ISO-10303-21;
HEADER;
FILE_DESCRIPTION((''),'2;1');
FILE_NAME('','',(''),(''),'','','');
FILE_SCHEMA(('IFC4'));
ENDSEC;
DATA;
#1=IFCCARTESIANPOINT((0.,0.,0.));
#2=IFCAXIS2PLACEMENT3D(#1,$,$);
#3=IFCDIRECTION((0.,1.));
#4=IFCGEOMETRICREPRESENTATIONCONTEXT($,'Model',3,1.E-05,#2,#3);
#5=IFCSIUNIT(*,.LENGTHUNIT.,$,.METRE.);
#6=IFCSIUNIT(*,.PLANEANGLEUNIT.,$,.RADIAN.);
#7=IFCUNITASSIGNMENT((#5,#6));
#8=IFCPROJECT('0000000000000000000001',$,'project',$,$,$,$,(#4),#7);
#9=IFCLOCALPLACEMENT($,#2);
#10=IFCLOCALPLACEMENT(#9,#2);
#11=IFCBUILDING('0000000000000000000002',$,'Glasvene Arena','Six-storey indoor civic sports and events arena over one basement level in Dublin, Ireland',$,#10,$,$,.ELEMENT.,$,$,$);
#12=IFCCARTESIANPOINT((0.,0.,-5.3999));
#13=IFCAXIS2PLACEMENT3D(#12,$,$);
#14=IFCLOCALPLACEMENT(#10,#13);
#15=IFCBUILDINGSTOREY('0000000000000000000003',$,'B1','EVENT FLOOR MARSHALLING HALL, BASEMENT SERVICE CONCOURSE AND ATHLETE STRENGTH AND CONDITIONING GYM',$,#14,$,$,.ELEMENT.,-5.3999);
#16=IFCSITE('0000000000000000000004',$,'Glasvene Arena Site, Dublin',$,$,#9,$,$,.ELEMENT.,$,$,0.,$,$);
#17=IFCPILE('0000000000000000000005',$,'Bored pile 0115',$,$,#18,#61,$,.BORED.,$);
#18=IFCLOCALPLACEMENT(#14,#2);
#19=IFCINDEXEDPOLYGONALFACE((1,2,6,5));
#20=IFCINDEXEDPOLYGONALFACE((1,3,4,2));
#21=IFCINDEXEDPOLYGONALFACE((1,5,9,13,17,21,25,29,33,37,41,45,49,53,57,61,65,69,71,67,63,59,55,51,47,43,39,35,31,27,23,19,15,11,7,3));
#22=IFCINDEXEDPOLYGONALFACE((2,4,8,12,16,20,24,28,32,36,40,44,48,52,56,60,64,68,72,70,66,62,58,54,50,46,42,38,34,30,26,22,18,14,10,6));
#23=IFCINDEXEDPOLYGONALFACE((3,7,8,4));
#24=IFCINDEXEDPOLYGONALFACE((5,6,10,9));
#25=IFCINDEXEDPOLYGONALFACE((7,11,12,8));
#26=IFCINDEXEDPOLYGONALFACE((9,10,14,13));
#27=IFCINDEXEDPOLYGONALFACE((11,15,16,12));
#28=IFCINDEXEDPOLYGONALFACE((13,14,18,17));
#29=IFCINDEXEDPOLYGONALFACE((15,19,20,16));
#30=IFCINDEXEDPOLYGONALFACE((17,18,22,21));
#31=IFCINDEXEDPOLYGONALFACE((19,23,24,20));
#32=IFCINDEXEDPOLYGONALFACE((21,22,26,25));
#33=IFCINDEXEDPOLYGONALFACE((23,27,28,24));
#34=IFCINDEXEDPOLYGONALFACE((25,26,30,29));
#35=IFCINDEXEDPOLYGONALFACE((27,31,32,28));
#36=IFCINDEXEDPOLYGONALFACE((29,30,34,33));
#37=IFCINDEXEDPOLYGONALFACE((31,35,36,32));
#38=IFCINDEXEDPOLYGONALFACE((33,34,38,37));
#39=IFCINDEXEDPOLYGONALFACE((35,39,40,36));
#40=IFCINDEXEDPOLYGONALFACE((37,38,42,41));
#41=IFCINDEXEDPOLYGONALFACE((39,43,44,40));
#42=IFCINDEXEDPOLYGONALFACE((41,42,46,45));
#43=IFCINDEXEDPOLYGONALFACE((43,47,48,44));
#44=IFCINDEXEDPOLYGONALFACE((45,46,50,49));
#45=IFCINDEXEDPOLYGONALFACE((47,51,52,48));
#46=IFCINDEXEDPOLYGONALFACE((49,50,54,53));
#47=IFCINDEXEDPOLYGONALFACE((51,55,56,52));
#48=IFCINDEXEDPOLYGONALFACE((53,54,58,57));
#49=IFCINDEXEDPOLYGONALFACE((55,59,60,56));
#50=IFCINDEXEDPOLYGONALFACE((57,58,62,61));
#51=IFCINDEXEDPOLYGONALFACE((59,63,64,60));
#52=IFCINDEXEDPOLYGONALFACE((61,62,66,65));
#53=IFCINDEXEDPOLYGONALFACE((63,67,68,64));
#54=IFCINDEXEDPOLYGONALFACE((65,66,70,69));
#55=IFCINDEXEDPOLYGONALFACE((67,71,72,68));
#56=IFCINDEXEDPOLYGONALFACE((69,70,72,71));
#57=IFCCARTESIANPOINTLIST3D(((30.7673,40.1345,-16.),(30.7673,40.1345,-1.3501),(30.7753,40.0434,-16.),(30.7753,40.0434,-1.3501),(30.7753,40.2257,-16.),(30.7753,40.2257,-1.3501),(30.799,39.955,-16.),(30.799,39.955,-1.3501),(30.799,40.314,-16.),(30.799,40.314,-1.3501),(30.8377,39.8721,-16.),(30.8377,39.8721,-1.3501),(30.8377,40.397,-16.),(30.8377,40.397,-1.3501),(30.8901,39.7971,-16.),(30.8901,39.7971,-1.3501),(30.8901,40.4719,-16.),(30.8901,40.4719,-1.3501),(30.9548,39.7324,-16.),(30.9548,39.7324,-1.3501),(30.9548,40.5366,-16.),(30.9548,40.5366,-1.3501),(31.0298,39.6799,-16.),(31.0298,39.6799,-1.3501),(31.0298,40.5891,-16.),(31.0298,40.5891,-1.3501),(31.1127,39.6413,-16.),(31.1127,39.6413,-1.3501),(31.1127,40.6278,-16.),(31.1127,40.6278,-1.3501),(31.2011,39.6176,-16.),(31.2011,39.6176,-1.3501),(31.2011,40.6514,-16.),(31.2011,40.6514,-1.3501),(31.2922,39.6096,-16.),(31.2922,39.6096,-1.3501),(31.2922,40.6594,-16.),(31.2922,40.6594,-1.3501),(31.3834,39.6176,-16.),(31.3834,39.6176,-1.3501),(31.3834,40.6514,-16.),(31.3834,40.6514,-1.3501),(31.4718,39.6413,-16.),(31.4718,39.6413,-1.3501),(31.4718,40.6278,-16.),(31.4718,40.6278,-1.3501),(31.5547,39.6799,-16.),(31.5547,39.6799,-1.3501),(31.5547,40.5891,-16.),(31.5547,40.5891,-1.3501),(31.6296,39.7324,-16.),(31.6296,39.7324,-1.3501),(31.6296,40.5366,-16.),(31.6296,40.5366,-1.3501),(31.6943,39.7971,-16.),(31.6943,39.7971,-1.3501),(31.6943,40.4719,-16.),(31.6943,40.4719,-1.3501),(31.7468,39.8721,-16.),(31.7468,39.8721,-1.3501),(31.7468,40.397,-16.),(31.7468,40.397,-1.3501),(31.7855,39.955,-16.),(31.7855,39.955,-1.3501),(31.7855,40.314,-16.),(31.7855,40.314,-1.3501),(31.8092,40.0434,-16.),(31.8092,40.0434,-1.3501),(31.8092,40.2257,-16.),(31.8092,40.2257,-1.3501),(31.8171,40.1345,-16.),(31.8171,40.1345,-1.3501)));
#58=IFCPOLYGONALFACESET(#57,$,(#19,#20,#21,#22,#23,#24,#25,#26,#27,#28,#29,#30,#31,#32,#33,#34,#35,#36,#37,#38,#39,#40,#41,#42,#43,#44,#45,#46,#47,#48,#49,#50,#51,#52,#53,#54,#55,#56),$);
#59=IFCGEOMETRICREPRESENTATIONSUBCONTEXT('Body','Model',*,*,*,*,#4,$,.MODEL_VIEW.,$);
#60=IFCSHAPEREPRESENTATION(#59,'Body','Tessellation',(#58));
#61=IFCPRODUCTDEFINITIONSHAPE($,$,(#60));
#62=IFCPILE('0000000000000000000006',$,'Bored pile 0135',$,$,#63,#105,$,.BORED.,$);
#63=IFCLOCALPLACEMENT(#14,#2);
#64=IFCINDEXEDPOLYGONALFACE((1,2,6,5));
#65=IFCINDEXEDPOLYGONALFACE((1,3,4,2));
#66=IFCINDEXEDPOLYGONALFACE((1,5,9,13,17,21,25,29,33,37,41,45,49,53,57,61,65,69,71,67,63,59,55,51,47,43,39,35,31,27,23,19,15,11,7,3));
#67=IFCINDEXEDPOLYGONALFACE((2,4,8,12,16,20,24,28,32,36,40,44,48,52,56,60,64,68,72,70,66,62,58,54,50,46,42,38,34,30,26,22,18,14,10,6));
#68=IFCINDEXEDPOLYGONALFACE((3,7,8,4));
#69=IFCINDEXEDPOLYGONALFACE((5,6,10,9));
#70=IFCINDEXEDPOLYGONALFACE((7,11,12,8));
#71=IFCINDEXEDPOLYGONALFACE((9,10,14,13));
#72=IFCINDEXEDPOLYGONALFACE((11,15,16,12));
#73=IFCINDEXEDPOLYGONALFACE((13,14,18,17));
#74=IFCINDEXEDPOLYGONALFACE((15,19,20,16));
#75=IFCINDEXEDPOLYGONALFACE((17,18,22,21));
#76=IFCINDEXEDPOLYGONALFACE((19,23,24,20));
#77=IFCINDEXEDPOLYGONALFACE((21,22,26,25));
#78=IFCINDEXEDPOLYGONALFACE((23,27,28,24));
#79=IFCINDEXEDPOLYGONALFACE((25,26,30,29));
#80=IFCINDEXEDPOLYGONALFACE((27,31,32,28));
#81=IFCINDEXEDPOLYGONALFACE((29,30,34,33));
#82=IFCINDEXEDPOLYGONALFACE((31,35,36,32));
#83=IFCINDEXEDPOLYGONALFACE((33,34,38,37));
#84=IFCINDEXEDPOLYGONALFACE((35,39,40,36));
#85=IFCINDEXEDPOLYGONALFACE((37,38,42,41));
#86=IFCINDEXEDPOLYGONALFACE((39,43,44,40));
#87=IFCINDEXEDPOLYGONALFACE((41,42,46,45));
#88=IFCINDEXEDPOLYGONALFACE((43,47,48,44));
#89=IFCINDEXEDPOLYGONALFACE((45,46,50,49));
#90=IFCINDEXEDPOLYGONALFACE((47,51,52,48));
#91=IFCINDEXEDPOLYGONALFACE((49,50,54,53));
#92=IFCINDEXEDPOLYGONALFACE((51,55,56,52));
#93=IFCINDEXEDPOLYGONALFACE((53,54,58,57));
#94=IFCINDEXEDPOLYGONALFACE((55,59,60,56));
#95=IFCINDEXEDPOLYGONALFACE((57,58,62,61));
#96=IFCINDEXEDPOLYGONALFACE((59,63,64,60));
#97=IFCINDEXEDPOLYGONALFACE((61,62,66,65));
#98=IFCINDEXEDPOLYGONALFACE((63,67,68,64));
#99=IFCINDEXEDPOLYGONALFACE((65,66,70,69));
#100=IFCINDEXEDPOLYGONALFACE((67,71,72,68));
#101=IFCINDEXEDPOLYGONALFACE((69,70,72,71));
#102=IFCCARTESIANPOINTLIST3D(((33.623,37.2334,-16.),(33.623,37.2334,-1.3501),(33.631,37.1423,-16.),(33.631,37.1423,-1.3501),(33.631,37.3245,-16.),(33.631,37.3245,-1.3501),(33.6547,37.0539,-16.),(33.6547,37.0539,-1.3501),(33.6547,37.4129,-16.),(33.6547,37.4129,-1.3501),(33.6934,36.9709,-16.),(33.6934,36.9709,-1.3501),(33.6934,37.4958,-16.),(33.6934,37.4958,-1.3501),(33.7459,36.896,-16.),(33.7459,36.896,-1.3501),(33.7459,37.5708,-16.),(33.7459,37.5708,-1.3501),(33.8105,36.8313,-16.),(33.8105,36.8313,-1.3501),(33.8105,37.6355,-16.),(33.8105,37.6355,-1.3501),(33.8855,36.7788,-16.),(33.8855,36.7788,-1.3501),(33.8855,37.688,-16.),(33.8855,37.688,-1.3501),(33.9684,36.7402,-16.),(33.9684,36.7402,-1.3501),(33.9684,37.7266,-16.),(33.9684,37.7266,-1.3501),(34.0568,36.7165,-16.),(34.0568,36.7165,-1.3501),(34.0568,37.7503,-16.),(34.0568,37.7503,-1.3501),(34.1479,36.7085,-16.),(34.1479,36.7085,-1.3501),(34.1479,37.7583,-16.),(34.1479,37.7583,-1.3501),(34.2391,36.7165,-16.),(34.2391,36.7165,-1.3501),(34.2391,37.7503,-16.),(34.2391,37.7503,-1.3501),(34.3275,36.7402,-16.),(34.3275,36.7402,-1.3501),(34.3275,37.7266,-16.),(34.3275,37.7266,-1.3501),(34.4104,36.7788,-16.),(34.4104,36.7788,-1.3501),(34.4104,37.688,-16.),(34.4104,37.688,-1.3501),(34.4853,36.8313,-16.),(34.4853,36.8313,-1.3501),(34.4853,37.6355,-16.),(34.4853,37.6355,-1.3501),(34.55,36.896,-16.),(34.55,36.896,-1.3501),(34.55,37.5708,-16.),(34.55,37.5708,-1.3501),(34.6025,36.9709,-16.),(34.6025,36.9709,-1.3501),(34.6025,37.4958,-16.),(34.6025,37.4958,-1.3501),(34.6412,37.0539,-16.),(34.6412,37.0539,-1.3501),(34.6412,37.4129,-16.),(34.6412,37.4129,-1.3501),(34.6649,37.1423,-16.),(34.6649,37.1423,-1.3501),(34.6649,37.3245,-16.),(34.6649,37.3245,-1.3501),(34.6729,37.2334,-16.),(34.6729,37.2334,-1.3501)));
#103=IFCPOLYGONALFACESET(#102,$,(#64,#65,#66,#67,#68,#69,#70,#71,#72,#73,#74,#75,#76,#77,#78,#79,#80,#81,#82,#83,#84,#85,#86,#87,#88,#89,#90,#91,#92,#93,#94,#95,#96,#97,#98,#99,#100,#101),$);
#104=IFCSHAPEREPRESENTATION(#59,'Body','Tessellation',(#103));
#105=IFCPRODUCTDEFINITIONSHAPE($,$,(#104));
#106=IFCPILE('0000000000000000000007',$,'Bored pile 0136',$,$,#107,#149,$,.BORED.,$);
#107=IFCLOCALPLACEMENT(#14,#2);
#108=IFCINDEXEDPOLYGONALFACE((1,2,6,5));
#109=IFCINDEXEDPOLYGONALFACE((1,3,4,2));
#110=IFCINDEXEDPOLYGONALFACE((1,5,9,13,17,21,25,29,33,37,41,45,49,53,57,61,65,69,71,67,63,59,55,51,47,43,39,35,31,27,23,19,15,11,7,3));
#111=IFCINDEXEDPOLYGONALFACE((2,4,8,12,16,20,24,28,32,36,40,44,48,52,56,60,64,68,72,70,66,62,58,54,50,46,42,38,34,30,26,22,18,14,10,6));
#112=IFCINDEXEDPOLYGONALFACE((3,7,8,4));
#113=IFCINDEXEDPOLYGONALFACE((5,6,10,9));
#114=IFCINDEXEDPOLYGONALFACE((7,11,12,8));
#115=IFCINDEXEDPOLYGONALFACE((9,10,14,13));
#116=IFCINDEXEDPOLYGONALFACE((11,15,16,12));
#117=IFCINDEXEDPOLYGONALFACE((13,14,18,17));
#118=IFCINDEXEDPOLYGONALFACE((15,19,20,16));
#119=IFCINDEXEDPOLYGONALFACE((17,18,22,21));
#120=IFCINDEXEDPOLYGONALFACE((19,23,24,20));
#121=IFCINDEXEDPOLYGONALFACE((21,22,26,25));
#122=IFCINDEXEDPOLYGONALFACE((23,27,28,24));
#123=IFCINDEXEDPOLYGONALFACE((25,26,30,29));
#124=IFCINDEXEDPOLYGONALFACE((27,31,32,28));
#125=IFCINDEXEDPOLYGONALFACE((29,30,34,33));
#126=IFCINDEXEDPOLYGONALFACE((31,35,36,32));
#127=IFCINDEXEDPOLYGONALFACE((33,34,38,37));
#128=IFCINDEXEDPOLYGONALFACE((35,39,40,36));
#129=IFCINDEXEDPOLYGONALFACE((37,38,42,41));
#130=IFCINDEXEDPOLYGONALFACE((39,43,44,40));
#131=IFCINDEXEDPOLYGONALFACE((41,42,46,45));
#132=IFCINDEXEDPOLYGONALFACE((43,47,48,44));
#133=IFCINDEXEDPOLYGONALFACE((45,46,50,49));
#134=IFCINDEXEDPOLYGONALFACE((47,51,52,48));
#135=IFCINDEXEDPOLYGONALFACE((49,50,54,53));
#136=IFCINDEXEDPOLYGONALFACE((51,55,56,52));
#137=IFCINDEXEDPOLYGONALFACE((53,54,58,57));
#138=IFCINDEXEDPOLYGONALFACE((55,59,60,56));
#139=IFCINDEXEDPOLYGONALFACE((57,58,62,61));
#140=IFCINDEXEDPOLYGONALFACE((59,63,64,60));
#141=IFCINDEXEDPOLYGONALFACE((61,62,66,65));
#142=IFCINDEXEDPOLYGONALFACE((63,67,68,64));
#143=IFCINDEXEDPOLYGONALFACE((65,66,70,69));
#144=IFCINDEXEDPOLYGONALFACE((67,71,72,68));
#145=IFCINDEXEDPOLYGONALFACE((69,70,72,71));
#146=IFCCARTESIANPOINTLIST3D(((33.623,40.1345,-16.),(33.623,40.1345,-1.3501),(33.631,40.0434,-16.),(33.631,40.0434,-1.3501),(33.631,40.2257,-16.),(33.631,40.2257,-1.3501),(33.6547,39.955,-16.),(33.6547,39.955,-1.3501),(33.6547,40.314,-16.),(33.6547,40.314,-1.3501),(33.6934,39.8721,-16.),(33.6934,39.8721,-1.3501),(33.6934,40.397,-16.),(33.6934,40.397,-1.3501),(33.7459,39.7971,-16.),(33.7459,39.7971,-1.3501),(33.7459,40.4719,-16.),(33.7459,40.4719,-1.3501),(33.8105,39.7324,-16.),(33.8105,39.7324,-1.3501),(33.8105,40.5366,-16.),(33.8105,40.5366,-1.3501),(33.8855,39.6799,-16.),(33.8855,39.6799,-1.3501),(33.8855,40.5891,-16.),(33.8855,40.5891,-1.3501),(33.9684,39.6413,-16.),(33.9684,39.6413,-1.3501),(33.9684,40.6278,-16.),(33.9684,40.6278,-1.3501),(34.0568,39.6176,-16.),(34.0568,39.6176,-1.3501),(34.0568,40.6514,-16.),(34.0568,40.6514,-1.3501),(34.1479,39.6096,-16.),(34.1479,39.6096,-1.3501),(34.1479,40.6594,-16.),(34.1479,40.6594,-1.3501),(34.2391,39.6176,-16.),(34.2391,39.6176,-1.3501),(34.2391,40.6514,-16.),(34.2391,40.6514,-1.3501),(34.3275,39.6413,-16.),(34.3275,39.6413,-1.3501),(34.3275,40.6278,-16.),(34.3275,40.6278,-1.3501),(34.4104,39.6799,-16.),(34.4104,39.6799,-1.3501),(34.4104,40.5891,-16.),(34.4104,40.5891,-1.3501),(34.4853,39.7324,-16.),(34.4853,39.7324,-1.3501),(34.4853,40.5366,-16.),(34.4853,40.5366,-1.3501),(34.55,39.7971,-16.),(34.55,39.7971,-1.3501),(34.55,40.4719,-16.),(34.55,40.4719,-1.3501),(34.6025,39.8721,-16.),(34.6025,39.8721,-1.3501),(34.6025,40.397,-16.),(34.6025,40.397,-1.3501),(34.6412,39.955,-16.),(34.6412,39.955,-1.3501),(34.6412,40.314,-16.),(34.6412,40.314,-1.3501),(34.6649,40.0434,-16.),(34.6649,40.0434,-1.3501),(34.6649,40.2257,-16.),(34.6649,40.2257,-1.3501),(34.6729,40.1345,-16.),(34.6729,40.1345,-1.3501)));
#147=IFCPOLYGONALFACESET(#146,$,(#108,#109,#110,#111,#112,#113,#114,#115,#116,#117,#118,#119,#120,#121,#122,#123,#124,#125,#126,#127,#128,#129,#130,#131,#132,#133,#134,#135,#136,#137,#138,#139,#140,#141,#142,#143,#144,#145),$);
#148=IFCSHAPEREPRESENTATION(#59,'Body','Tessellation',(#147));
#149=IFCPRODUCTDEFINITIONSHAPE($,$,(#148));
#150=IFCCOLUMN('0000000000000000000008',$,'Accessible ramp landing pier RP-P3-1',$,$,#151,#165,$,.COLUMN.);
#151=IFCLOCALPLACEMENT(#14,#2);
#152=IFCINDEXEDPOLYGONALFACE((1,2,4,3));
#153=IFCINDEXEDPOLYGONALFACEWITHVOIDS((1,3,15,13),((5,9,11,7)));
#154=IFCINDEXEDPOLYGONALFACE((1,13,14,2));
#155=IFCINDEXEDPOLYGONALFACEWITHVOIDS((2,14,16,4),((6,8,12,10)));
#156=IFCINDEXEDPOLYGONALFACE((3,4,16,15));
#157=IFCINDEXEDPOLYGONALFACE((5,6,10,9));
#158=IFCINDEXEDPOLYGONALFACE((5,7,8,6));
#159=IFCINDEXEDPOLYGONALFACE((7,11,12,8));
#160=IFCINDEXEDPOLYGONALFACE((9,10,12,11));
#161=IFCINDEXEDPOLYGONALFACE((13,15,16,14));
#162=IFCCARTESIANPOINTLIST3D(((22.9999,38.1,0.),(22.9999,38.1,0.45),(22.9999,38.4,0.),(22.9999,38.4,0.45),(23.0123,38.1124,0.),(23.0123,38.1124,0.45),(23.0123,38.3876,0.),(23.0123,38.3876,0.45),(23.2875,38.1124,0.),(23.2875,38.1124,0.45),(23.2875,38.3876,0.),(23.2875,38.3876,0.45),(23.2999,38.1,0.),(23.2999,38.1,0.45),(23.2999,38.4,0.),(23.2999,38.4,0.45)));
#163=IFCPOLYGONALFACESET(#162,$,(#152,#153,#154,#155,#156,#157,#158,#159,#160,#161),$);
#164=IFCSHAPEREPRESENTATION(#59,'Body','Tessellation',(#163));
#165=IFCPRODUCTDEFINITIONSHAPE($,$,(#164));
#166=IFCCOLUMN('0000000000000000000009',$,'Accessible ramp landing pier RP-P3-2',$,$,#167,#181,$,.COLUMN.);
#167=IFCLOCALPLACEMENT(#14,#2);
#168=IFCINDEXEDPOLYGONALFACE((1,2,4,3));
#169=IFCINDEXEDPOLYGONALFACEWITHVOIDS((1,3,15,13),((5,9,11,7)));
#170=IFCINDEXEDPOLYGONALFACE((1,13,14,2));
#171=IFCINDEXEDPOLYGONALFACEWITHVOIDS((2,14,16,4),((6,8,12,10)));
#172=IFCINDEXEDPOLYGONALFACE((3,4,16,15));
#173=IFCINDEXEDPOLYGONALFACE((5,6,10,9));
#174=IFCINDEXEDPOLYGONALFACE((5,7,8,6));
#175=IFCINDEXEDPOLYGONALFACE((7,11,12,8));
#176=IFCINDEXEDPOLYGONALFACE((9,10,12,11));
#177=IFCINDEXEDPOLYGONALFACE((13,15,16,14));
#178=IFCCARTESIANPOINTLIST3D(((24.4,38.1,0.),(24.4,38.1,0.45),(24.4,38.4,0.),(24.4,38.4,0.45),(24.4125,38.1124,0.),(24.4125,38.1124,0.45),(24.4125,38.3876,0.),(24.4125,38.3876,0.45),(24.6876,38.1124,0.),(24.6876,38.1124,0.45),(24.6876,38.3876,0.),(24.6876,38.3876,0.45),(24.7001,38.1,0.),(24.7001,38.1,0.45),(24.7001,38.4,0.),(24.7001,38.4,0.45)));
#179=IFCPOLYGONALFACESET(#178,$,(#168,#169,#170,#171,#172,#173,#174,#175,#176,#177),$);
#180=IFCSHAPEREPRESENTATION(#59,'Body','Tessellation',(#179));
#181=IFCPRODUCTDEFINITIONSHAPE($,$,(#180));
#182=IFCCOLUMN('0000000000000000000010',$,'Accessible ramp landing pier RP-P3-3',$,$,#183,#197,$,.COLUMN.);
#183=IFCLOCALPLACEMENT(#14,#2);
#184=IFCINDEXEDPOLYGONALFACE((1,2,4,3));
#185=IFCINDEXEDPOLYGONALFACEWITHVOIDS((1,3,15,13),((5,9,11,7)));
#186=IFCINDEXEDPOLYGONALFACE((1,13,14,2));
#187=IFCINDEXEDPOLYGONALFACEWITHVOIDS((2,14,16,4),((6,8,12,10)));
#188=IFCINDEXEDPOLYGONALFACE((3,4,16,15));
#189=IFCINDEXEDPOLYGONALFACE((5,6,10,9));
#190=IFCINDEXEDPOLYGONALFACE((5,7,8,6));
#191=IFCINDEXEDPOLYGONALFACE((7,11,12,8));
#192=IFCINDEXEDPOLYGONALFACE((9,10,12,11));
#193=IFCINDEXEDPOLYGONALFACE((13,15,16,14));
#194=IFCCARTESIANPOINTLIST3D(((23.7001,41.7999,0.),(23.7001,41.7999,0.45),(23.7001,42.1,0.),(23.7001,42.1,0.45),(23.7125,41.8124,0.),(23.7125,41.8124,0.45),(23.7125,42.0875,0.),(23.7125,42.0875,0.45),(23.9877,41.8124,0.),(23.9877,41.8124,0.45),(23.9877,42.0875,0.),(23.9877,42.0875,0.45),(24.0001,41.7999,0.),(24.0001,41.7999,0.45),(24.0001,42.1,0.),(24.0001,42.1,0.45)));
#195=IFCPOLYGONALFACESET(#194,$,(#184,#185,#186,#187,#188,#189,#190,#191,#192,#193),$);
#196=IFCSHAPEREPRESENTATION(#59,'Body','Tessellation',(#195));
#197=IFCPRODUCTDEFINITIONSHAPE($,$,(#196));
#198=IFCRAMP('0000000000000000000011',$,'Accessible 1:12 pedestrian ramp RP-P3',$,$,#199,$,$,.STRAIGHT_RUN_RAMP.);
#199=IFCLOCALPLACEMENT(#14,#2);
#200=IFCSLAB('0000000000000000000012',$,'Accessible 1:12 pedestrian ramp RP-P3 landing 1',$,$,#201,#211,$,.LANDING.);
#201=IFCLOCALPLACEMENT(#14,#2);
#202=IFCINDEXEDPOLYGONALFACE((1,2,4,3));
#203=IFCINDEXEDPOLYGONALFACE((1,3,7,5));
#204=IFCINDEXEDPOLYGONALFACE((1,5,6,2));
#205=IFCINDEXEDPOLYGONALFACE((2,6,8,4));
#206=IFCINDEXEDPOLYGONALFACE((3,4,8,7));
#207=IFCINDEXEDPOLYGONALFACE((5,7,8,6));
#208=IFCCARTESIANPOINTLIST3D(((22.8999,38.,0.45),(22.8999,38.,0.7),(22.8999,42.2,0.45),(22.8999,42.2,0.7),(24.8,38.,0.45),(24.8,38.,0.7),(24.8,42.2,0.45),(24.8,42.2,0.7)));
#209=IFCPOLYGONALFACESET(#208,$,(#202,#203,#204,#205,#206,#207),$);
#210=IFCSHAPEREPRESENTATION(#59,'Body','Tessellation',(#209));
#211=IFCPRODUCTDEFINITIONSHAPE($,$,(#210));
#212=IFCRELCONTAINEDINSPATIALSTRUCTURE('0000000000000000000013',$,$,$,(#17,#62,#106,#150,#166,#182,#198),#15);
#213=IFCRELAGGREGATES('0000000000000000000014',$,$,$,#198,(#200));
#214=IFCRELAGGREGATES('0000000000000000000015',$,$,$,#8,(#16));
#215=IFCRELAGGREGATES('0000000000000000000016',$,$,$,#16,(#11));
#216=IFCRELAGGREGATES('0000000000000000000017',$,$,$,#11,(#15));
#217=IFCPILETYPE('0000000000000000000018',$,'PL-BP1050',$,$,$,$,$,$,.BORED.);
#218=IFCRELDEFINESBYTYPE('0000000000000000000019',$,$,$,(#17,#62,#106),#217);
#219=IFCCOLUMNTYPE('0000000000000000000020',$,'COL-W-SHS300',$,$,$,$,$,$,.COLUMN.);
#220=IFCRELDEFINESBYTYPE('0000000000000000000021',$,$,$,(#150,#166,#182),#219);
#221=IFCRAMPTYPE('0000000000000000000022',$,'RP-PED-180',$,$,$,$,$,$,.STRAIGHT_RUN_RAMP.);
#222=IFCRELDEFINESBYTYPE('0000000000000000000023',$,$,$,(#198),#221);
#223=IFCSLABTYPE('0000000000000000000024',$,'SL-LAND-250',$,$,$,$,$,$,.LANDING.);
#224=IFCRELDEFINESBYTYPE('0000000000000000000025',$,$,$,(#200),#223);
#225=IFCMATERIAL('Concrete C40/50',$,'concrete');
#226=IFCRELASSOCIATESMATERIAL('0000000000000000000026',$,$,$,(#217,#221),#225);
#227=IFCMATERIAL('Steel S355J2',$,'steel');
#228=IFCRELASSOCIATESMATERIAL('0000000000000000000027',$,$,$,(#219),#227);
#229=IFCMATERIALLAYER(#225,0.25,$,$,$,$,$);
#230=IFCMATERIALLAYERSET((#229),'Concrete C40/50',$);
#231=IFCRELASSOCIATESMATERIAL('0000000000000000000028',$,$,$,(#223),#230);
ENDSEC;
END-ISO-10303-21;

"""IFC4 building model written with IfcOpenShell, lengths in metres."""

from ifc_helpers import new_model, si_unit, direction, frame, origin, origin_2d, place, context, subcontext, project, spatial, polyline, hollow_rectangle, circle, outline, extrude, material, layer, layer_set, material_profile, profile_set, type_object, element, aggregate, save


model = new_model("IFC4")

# Units and contexts
model_context = context("Model", 3, precision=1e-05, world=origin(), true_north=direction((0.0, 1.0)))
body_context = subcontext(model_context, "Body", "Model", "MODEL_VIEW")
ifc_project = project(units=[si_unit("LENGTHUNIT", "METRE"), si_unit("PLANEANGLEUNIT", "RADIAN")], contexts=[model_context])

# Site, building, storey
site_placement = place(None, origin())
site = spatial("IfcSite", under=ifc_project, at=site_placement, Name="Glasvene Arena Site, Dublin", CompositionType="ELEMENT", RefElevation=0.0)
building_placement = place(site_placement, origin())
building = spatial("IfcBuilding", under=site, at=building_placement, Name="Glasvene Arena", Description="Six-storey indoor civic sports and events arena over one basement level in Dublin, Ireland", CompositionType="ELEMENT")
storey_placement = place(building_placement, frame((0.0, 0.0, -5.3999)))
storey = spatial("IfcBuildingStorey", under=building, at=storey_placement, Name="B1", Description="EVENT FLOOR MARSHALLING HALL, BASEMENT SERVICE CONCOURSE AND ATHLETE STRENGTH AND CONDITIONING GYM", CompositionType="ELEMENT", Elevation=-5.3999)

# Piles
ifc_material_1 = material(Name="Concrete C40/50", Category="concrete")
ifc_material_profile_1 = material_profile(ifc_material_1, circle(Radius=0.5249, at=origin_2d()), Name="BORED PILE 1050")
ifc_profile_set_1 = profile_set([ifc_material_profile_1], Name="Concrete C40/50")
pile_type = type_object("IfcPileType", Name="PL-BP1050", PredefinedType="BORED", material=ifc_profile_set_1)
for number, where, z_axis, x_axis, name in (
    (1, (31.2922, 40.1345, -1.3501), (0.0, 0.0, -1.0), (1.0, 0.0, 0.0), "Bored pile 0115"),
    (2, (34.1479, 37.2334, -1.3501), (0.0, 0.0, -1.0), (1.0, 0.0, 0.0), "Bored pile 0135"),
    (3, (34.1479, 40.1345, -1.3501), (0.0, 0.0, -1.0), (1.0, 0.0, 0.0), "Bored pile 0136"),
):
    element("IfcPile", number, at=place(storey_placement, frame(where, z_axis=z_axis, x_axis=x_axis)), inside=storey, type_object=pile_type, Name=name, PredefinedType="BORED", context=body_context, shape_type="SweptSolid", body=[
        extrude(circle(Radius=0.5249, at=origin_2d()), origin(), (0.0, 0.0, 1.0), 14.6499),
    ])

# Columns
ifc_material_2 = material(Name="Steel S355J2", Category="steel")
ifc_material_profile_2 = material_profile(ifc_material_2, hollow_rectangle(XDim=0.3, YDim=0.3, WallThickness=0.0125, at=origin_2d()), Name="SHS 300x300x12.5")
ifc_profile_set_2 = profile_set([ifc_material_profile_2], Name="Steel S355J2")
column_type = type_object("IfcColumnType", Name="COL-W-SHS300", PredefinedType="COLUMN", material=ifc_profile_set_2)
for number, where, z_axis, x_axis, name in (
    (4, (23.1499, 38.25, 0.0), (0.0, 0.0, 1.0), (1.0, 0.0, 0.0), "Accessible ramp landing pier RP-P3-1"),
    (5, (24.55, 38.25, 0.0), (0.0, 0.0, 1.0), (1.0, 0.0, 0.0), "Accessible ramp landing pier RP-P3-2"),
    (6, (23.8501, 41.95, 0.0), (0.0, 0.0, 1.0), (1.0, 0.0, 0.0), "Accessible ramp landing pier RP-P3-3"),
):
    element("IfcColumn", number, at=place(storey_placement, frame(where, z_axis=z_axis, x_axis=x_axis)), inside=storey, type_object=column_type, Name=name, PredefinedType="COLUMN", context=body_context, shape_type="SweptSolid", body=[
        extrude(hollow_rectangle(XDim=0.3, YDim=0.3, WallThickness=0.0125, at=origin_2d()), origin(), (0.0, 0.0, 1.0), 0.45),
    ])

# Ramp, slab
ramp_type = type_object("IfcRampType", Name="RP-PED-180", PredefinedType="STRAIGHT_RUN_RAMP", material=ifc_material_1)
ramp_1_placement = place(storey_placement, origin())
ramp_1 = element("IfcRamp", 7, at=ramp_1_placement, inside=storey, type_object=ramp_type, Name="Accessible 1:12 pedestrian ramp RP-P3", PredefinedType="STRAIGHT_RUN_RAMP")
ifc_layer_1 = layer(ifc_material_1, 0.25)
ifc_layer_set_1 = layer_set([ifc_layer_1], Name="Concrete C40/50")
slab_type = type_object("IfcSlabType", Name="SL-LAND-250", PredefinedType="LANDING", material=ifc_layer_set_1)
slab_placement = place(storey_placement, frame((23.8501, 40.1001, 0.45)))
slab = element("IfcSlab", 8, at=slab_placement, type_object=slab_type, Name="Accessible 1:12 pedestrian ramp RP-P3 landing 1", PredefinedType="LANDING", context=body_context, shape_type="SweptSolid", body=[
    extrude(outline(polyline([(-0.9502, -2.1001), (0.95, -2.1001), (0.95, 2.0999), (-0.9502, 2.0999), (-0.9502, -2.1001)])), origin(), (0.0, 0.0, 1.0), 0.25),
])
aggregate(ramp_1, [slab])

save(model, "model.ifc")
